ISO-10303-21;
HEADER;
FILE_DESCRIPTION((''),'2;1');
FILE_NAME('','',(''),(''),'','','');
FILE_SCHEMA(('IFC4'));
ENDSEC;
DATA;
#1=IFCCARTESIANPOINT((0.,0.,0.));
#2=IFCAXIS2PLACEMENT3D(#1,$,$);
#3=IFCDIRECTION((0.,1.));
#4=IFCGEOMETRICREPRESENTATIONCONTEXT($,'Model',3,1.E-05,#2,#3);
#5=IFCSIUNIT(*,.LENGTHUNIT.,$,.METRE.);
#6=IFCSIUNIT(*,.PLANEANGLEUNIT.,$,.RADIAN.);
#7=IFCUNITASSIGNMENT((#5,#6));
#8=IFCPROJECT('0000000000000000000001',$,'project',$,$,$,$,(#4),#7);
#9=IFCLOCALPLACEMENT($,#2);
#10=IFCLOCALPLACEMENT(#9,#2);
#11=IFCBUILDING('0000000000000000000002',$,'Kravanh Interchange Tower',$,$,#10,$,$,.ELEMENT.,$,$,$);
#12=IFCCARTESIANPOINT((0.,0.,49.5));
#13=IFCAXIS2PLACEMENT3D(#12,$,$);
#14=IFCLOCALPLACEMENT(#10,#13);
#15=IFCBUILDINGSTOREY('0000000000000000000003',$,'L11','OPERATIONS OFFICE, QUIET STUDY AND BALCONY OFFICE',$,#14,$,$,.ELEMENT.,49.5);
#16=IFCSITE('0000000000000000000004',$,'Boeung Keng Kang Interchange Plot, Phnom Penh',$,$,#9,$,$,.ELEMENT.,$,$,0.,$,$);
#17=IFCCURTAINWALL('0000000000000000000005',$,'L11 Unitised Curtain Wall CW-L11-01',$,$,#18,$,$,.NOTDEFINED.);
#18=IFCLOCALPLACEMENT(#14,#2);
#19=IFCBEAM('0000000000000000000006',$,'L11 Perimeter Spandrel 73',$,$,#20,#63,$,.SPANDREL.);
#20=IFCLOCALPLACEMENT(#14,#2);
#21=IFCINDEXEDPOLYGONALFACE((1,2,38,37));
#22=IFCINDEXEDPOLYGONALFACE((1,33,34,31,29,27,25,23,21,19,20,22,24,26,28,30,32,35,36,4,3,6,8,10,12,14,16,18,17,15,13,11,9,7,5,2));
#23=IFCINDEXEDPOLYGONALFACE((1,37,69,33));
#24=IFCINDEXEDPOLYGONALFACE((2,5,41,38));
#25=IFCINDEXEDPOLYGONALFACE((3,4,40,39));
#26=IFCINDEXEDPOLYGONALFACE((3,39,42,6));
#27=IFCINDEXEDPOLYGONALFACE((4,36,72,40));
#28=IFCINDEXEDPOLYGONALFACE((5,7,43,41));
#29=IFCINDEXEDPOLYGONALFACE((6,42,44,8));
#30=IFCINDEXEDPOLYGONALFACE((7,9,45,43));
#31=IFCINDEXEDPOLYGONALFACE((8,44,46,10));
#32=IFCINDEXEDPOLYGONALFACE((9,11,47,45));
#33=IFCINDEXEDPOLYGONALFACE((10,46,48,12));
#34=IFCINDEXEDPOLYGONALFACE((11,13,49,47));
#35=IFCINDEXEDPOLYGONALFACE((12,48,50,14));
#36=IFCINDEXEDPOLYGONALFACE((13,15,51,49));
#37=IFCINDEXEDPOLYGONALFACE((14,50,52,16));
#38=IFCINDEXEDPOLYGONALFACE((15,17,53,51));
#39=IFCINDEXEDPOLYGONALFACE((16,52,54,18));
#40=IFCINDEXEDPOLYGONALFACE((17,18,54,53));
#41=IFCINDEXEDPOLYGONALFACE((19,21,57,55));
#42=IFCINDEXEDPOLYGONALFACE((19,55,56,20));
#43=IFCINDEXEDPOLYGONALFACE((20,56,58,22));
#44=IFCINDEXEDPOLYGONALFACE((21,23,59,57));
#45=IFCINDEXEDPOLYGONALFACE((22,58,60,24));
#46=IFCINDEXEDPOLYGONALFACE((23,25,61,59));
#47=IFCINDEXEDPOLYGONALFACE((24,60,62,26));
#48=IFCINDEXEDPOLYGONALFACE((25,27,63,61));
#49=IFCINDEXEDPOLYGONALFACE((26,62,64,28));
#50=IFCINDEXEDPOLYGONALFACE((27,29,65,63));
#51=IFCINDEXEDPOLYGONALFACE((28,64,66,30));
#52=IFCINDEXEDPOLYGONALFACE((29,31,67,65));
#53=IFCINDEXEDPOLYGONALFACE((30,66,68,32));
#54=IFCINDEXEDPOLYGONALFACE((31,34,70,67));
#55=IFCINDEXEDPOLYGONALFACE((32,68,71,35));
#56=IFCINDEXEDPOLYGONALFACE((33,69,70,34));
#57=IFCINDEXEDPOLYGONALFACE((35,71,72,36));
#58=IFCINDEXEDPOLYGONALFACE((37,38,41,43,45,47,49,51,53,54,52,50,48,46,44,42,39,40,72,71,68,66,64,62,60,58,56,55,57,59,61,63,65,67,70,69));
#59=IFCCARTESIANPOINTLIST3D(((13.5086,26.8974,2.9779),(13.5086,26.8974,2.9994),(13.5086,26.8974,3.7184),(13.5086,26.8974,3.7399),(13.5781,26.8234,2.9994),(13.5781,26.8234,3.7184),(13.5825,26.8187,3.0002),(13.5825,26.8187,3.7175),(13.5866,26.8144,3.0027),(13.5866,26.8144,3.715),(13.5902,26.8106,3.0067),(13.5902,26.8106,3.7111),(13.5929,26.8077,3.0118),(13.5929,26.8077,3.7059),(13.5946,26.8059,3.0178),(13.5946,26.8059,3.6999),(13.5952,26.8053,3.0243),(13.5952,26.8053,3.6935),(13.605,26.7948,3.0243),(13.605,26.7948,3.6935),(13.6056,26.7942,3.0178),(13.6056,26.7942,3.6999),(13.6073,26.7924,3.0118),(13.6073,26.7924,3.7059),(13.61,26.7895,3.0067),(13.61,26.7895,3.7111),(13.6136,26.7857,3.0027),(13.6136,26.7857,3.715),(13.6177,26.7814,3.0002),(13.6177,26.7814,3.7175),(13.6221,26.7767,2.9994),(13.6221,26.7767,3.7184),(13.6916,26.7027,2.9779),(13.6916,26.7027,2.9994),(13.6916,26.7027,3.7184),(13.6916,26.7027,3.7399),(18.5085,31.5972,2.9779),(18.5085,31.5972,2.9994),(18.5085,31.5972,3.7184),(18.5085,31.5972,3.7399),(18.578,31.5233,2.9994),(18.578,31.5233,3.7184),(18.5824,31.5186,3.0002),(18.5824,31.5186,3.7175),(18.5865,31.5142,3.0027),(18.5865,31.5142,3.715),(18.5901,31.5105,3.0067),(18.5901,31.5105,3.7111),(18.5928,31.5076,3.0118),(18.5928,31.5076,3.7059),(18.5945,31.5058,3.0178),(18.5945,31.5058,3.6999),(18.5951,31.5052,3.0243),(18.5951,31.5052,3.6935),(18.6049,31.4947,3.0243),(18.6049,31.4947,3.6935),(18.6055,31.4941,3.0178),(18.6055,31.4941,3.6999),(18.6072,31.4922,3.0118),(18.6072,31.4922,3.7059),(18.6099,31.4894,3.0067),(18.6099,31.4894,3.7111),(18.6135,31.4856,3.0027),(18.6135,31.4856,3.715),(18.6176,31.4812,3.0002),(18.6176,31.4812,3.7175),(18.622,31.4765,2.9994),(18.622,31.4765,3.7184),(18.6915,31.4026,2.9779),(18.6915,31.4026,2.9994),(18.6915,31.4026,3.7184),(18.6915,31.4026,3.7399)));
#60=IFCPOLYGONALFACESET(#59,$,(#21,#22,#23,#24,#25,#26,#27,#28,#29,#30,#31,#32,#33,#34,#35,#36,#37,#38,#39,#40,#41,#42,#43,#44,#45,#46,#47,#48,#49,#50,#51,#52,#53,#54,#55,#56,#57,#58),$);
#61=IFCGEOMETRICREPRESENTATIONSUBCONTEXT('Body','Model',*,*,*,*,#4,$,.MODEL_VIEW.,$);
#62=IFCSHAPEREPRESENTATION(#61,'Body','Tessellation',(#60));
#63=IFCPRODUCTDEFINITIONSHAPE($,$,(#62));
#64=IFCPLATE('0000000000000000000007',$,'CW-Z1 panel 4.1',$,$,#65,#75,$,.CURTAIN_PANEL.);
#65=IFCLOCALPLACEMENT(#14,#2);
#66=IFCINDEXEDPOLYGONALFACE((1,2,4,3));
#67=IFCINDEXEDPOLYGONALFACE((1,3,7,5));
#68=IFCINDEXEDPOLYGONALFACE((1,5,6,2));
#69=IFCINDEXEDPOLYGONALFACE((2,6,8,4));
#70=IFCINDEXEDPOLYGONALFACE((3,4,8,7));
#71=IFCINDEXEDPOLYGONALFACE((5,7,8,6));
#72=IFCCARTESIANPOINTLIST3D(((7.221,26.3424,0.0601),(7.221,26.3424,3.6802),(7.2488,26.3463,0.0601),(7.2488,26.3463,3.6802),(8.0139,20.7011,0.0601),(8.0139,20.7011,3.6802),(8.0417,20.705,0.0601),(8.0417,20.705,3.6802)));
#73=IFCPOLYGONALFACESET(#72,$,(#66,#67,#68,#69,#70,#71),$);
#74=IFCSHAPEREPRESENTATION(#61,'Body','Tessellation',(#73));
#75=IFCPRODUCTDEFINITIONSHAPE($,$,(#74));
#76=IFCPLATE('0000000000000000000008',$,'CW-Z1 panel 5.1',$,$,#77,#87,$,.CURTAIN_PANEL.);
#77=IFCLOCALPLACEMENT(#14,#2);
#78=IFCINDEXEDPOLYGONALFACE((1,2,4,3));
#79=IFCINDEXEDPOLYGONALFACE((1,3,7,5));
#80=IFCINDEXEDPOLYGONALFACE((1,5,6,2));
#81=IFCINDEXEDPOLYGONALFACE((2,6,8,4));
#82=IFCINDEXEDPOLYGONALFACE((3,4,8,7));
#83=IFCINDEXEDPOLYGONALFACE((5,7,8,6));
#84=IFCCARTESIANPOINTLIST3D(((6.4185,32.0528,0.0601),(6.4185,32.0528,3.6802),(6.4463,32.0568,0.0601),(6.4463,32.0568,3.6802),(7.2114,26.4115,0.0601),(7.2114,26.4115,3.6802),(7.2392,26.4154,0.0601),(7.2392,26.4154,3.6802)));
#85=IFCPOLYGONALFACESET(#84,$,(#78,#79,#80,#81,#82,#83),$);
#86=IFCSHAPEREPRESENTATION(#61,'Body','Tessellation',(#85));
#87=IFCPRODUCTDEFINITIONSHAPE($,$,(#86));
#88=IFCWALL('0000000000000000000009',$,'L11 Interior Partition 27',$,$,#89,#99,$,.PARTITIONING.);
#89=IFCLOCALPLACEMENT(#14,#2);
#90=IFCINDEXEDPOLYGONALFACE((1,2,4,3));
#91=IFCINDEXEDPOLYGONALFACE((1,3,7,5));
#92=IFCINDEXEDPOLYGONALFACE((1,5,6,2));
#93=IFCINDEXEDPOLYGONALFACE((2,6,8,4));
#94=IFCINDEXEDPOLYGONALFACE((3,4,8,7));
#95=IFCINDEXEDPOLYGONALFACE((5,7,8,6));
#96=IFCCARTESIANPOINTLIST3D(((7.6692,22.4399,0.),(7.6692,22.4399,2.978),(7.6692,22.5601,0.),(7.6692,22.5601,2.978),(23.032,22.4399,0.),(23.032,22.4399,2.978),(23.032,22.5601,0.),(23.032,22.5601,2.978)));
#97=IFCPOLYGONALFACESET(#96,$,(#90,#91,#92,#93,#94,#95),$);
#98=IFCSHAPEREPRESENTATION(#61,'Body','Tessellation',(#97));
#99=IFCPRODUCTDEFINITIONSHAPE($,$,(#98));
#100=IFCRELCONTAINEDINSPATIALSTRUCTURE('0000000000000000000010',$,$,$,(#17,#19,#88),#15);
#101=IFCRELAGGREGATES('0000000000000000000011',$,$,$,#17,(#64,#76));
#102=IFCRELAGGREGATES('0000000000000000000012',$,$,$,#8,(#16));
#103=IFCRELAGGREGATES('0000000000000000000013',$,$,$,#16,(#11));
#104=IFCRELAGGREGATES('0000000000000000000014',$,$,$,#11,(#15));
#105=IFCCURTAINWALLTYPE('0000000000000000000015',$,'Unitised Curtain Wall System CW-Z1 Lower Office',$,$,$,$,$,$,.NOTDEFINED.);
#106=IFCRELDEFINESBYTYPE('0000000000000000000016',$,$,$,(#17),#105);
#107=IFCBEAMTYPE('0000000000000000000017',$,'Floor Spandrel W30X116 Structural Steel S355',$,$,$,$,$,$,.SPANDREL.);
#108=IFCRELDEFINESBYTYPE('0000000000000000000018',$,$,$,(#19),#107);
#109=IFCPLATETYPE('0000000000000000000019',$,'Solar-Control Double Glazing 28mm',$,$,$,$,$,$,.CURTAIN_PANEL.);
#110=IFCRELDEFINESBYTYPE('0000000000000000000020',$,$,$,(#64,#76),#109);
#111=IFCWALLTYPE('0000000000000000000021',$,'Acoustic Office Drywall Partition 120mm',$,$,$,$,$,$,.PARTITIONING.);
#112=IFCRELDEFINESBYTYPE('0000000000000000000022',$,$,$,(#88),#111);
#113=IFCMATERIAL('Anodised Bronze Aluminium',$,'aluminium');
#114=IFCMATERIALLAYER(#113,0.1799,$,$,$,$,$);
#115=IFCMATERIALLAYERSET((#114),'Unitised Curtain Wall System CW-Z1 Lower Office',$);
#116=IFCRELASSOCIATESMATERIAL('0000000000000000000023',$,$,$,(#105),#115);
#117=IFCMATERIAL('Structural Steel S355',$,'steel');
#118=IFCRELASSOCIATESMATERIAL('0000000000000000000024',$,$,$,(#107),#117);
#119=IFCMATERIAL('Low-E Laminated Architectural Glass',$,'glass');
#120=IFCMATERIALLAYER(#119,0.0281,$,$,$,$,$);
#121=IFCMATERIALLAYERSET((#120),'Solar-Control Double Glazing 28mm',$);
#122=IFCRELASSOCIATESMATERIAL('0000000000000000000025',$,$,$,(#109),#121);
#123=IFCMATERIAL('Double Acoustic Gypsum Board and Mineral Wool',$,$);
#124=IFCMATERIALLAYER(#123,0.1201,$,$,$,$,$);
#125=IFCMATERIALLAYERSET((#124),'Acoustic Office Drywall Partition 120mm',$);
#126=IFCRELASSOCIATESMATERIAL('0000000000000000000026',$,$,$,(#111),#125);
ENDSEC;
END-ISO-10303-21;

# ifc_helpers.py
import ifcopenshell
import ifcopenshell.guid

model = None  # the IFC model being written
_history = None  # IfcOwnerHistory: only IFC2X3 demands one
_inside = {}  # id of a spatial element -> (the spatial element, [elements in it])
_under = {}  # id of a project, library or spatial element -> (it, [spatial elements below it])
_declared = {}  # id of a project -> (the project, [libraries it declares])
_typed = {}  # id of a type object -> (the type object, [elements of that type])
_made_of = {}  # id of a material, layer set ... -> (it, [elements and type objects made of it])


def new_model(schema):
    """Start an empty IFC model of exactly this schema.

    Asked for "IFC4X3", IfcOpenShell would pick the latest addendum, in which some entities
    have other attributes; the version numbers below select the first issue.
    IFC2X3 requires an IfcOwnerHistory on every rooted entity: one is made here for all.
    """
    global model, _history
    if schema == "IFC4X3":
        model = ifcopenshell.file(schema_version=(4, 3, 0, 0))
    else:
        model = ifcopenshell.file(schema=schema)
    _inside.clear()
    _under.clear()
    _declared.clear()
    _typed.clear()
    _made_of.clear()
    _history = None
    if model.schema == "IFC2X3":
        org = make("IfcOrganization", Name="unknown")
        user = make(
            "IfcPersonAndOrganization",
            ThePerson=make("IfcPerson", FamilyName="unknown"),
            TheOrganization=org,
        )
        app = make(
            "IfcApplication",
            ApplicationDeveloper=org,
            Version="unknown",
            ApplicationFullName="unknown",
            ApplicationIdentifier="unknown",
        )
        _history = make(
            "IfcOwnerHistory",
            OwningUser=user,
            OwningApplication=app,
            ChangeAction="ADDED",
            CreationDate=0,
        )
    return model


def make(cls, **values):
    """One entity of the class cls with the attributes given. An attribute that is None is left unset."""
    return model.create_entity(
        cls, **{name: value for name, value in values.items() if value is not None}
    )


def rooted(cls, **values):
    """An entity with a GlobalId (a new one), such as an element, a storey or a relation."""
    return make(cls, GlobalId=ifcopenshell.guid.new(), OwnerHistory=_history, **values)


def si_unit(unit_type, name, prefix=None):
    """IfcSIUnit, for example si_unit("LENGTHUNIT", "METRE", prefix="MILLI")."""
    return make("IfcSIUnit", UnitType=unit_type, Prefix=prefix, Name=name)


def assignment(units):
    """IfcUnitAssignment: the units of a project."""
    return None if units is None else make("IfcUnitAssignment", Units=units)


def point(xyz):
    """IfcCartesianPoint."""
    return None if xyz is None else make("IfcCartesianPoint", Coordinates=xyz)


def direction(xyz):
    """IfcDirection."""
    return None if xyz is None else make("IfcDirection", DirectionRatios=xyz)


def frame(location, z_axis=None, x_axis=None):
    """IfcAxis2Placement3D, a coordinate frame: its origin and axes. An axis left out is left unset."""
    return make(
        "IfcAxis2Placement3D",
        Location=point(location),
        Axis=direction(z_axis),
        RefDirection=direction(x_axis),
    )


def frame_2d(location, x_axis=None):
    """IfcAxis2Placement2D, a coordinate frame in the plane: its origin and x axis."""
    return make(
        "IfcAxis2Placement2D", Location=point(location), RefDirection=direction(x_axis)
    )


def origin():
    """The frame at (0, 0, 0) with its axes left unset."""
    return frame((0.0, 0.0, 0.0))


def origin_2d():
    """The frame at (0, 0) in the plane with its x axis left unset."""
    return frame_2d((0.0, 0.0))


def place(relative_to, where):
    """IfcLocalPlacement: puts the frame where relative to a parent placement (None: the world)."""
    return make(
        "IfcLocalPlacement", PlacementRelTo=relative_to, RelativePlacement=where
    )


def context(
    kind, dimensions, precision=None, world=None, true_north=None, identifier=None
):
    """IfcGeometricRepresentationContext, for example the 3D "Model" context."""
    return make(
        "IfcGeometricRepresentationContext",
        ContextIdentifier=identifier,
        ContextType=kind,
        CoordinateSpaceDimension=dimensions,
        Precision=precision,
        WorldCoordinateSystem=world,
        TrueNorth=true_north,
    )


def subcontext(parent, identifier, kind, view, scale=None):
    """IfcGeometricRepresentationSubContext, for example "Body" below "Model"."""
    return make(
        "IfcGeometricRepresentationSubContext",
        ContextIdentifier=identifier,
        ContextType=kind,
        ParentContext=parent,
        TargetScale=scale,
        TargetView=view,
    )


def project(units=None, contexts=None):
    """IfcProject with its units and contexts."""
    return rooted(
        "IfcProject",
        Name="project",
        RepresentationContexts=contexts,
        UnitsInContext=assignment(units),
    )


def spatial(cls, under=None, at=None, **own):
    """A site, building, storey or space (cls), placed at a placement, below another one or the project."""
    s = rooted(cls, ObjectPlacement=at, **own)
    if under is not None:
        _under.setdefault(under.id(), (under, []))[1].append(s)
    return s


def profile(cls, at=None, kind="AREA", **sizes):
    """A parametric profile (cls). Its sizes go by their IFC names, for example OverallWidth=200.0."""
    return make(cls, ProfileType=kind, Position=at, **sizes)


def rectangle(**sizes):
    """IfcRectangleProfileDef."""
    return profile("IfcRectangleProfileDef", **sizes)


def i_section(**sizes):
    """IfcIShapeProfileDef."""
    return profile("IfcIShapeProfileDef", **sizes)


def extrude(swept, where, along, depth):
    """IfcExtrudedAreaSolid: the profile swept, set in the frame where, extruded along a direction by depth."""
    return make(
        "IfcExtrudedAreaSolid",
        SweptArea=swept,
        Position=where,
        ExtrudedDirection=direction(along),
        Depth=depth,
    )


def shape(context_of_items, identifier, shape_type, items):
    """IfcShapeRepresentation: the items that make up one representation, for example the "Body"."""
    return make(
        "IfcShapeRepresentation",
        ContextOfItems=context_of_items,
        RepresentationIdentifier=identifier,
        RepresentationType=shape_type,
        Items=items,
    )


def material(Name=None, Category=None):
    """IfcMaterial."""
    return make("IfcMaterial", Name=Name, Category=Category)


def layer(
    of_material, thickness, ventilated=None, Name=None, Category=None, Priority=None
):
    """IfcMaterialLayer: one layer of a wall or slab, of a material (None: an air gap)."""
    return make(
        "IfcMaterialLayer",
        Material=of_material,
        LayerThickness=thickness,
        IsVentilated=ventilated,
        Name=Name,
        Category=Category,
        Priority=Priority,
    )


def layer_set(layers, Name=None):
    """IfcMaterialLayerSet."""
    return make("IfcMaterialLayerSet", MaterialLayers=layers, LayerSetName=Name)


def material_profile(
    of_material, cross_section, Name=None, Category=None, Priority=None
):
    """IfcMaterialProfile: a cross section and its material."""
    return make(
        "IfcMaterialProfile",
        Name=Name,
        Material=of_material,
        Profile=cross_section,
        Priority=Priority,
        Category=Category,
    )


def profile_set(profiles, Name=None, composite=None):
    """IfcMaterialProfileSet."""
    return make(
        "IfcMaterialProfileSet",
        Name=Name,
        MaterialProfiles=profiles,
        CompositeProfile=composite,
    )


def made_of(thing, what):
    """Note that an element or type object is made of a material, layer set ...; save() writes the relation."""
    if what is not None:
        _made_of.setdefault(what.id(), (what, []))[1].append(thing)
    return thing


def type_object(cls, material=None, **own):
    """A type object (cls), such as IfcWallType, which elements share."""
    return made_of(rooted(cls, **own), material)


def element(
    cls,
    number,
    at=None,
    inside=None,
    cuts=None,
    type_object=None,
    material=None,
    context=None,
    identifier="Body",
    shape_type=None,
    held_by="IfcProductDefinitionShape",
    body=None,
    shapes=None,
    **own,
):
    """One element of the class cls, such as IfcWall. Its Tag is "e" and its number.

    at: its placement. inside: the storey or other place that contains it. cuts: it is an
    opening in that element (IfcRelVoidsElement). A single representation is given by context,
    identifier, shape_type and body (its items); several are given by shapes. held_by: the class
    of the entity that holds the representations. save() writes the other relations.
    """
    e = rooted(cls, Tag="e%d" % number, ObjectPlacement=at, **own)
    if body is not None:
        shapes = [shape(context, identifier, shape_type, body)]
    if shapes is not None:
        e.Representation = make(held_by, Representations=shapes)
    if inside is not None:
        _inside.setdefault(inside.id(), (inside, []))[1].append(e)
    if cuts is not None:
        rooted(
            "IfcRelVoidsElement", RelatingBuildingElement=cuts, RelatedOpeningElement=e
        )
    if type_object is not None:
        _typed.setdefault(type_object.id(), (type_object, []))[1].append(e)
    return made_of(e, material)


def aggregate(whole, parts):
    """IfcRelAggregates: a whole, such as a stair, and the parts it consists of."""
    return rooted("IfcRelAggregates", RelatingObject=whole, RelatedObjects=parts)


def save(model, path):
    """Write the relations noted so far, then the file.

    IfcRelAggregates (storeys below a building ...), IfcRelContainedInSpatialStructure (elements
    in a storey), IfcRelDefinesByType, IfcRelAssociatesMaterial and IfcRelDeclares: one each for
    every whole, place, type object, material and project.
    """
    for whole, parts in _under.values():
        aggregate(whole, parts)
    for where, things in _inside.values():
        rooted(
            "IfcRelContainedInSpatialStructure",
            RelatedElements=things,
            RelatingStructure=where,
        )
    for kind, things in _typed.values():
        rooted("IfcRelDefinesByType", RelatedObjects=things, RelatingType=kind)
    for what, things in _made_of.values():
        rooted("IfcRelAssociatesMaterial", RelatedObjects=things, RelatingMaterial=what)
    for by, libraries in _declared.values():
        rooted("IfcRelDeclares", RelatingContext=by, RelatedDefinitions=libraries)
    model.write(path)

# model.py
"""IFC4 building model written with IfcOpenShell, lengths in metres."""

from ifc_helpers import new_model, si_unit, direction, frame, frame_2d, origin, origin_2d, place, context, subcontext, project, spatial, rectangle, i_section, extrude, material, layer, layer_set, material_profile, profile_set, type_object, element, aggregate, save


model = new_model("IFC4")

# Units and contexts
model_context = context("Model", 3, precision=1e-05, world=origin(), true_north=direction((0.0, 1.0)))
body_context = subcontext(model_context, "Body", "Model", "MODEL_VIEW")
ifc_project = project(units=[si_unit("LENGTHUNIT", "METRE"), si_unit("PLANEANGLEUNIT", "RADIAN")], contexts=[model_context])

# Site, building, storey
site_placement = place(None, origin())
site = spatial("IfcSite", under=ifc_project, at=site_placement, Name="Boeung Keng Kang Interchange Plot, Phnom Penh", CompositionType="ELEMENT", RefElevation=0.0)
building_placement = place(site_placement, origin())
building = spatial("IfcBuilding", under=site, at=building_placement, Name="Kravanh Interchange Tower", CompositionType="ELEMENT")
storey_placement = place(building_placement, frame((0.0, 0.0, 49.5)))
storey = spatial("IfcBuildingStorey", under=building, at=storey_placement, Name="L11", Description="OPERATIONS OFFICE, QUIET STUDY AND BALCONY OFFICE", CompositionType="ELEMENT", Elevation=49.5)

# Curtain wall
ifc_material_1 = material(Name="Anodised Bronze Aluminium", Category="aluminium")
ifc_layer_1 = layer(ifc_material_1, 0.1799)
ifc_layer_set_1 = layer_set([ifc_layer_1], Name="Unitised Curtain Wall System CW-Z1 Lower Office")
curtain_wall_type = type_object("IfcCurtainWallType", Name="Unitised Curtain Wall System CW-Z1 Lower Office", PredefinedType="NOTDEFINED", material=ifc_layer_set_1)
curtain_wall_placement = place(storey_placement, origin())
curtain_wall = element("IfcCurtainWall", 1, at=curtain_wall_placement, inside=storey, type_object=curtain_wall_type, Name="L11 Unitised Curtain Wall CW-L11-01", PredefinedType="NOTDEFINED")

# Beam
ifc_material_2 = material(Name="Structural Steel S355", Category="steel")
ifc_material_profile_1 = material_profile(ifc_material_2, i_section(OverallWidth=0.2671, OverallDepth=0.762, WebThickness=0.0144, FlangeThickness=0.0215, FilletRadius=0.0249, at=origin_2d()), Name="W30X116")
ifc_profile_set_1 = profile_set([ifc_material_profile_1], Name="Structural Steel S355")
beam_type_1 = type_object("IfcBeamType", Name="Floor Spandrel W30X116 Structural Steel S355", PredefinedType="SPANDREL", material=ifc_profile_set_1)
for number, where, z_axis, x_axis, name in (
    (2, (13.6001, 26.8, 3.3589), (0.728631, 0.684906, 0.0), (-0.684906, 0.728631, 0.0), "L11 Perimeter Spandrel 73"),
):
    element("IfcBeam", number, at=place(storey_placement, frame(where, z_axis=z_axis, x_axis=x_axis)), inside=storey, type_object=beam_type_1, Name=name, PredefinedType="SPANDREL", context=body_context, shape_type="SweptSolid", body=[
        extrude(i_section(OverallWidth=0.2671, OverallDepth=0.762, WebThickness=0.0144, FlangeThickness=0.0215, FilletRadius=0.0249, at=origin_2d()), origin(), (0.0, 0.0, 1.0), 6.8621),
    ])

# Plates
ifc_material_3 = material(Name="Low-E Laminated Architectural Glass", Category="glass")
ifc_layer_2 = layer(ifc_material_3, 0.0281)
ifc_layer_set_2 = layer_set([ifc_layer_2], Name="Solar-Control Double Glazing 28mm")
plate_type = type_object("IfcPlateType", Name="Solar-Control Double Glazing 28mm", PredefinedType="CURTAIN_PANEL", material=ifc_layer_set_2)
plate_1_placement = place(storey_placement, frame((7.6313, 23.5237, 0.0601), z_axis=(0.0, 0.0, 1.0), x_axis=(-0.139177, 0.990268, 0.0)))
plate_1 = element("IfcPlate", 3, at=plate_1_placement, type_object=plate_type, Name="CW-Z1 panel 4.1", PredefinedType="CURTAIN_PANEL", context=body_context, shape_type="SweptSolid", body=[
    extrude(rectangle(XDim=5.6968, YDim=0.0281, at=origin_2d()), origin(), (0.0, 0.0, 1.0), 3.6201),
])
plate_2_placement = place(storey_placement, frame((6.8289, 29.2341, 0.0601), z_axis=(0.0, 0.0, 1.0), x_axis=(-0.139177, 0.990268, 0.0)))
plate_2 = element("IfcPlate", 4, at=plate_2_placement, type_object=plate_type, Name="CW-Z1 panel 5.1", PredefinedType="CURTAIN_PANEL", context=body_context, shape_type="SweptSolid", body=[
    extrude(rectangle(XDim=5.6968, YDim=0.0281, at=origin_2d()), origin(), (0.0, 0.0, 1.0), 3.6201),
])
aggregate(curtain_wall, [plate_1, plate_2])

# Wall
ifc_material_4 = material(Name="Double Acoustic Gypsum Board and Mineral Wool")
ifc_layer_3 = layer(ifc_material_4, 0.1201)
ifc_layer_set_3 = layer_set([ifc_layer_3], Name="Acoustic Office Drywall Partition 120mm")
wall_type = type_object("IfcWallType", Name="Acoustic Office Drywall Partition 120mm", PredefinedType="PARTITIONING", material=ifc_layer_set_3)
wall_placement = place(storey_placement, frame((7.6692, 22.5, 0.0), z_axis=(0.0, 0.0, 1.0), x_axis=(1.0, 0.0, 0.0)))
element("IfcWall", 5, at=wall_placement, inside=storey, type_object=wall_type, Name="L11 Interior Partition 27", PredefinedType="PARTITIONING", context=body_context, shape_type="SweptSolid", body=[
    extrude(rectangle(XDim=15.3628, YDim=0.1201, at=frame_2d((7.6814, 0.0))), origin(), (0.0, 0.0, 1.0), 2.978),
])

save(model, "model.ifc")
